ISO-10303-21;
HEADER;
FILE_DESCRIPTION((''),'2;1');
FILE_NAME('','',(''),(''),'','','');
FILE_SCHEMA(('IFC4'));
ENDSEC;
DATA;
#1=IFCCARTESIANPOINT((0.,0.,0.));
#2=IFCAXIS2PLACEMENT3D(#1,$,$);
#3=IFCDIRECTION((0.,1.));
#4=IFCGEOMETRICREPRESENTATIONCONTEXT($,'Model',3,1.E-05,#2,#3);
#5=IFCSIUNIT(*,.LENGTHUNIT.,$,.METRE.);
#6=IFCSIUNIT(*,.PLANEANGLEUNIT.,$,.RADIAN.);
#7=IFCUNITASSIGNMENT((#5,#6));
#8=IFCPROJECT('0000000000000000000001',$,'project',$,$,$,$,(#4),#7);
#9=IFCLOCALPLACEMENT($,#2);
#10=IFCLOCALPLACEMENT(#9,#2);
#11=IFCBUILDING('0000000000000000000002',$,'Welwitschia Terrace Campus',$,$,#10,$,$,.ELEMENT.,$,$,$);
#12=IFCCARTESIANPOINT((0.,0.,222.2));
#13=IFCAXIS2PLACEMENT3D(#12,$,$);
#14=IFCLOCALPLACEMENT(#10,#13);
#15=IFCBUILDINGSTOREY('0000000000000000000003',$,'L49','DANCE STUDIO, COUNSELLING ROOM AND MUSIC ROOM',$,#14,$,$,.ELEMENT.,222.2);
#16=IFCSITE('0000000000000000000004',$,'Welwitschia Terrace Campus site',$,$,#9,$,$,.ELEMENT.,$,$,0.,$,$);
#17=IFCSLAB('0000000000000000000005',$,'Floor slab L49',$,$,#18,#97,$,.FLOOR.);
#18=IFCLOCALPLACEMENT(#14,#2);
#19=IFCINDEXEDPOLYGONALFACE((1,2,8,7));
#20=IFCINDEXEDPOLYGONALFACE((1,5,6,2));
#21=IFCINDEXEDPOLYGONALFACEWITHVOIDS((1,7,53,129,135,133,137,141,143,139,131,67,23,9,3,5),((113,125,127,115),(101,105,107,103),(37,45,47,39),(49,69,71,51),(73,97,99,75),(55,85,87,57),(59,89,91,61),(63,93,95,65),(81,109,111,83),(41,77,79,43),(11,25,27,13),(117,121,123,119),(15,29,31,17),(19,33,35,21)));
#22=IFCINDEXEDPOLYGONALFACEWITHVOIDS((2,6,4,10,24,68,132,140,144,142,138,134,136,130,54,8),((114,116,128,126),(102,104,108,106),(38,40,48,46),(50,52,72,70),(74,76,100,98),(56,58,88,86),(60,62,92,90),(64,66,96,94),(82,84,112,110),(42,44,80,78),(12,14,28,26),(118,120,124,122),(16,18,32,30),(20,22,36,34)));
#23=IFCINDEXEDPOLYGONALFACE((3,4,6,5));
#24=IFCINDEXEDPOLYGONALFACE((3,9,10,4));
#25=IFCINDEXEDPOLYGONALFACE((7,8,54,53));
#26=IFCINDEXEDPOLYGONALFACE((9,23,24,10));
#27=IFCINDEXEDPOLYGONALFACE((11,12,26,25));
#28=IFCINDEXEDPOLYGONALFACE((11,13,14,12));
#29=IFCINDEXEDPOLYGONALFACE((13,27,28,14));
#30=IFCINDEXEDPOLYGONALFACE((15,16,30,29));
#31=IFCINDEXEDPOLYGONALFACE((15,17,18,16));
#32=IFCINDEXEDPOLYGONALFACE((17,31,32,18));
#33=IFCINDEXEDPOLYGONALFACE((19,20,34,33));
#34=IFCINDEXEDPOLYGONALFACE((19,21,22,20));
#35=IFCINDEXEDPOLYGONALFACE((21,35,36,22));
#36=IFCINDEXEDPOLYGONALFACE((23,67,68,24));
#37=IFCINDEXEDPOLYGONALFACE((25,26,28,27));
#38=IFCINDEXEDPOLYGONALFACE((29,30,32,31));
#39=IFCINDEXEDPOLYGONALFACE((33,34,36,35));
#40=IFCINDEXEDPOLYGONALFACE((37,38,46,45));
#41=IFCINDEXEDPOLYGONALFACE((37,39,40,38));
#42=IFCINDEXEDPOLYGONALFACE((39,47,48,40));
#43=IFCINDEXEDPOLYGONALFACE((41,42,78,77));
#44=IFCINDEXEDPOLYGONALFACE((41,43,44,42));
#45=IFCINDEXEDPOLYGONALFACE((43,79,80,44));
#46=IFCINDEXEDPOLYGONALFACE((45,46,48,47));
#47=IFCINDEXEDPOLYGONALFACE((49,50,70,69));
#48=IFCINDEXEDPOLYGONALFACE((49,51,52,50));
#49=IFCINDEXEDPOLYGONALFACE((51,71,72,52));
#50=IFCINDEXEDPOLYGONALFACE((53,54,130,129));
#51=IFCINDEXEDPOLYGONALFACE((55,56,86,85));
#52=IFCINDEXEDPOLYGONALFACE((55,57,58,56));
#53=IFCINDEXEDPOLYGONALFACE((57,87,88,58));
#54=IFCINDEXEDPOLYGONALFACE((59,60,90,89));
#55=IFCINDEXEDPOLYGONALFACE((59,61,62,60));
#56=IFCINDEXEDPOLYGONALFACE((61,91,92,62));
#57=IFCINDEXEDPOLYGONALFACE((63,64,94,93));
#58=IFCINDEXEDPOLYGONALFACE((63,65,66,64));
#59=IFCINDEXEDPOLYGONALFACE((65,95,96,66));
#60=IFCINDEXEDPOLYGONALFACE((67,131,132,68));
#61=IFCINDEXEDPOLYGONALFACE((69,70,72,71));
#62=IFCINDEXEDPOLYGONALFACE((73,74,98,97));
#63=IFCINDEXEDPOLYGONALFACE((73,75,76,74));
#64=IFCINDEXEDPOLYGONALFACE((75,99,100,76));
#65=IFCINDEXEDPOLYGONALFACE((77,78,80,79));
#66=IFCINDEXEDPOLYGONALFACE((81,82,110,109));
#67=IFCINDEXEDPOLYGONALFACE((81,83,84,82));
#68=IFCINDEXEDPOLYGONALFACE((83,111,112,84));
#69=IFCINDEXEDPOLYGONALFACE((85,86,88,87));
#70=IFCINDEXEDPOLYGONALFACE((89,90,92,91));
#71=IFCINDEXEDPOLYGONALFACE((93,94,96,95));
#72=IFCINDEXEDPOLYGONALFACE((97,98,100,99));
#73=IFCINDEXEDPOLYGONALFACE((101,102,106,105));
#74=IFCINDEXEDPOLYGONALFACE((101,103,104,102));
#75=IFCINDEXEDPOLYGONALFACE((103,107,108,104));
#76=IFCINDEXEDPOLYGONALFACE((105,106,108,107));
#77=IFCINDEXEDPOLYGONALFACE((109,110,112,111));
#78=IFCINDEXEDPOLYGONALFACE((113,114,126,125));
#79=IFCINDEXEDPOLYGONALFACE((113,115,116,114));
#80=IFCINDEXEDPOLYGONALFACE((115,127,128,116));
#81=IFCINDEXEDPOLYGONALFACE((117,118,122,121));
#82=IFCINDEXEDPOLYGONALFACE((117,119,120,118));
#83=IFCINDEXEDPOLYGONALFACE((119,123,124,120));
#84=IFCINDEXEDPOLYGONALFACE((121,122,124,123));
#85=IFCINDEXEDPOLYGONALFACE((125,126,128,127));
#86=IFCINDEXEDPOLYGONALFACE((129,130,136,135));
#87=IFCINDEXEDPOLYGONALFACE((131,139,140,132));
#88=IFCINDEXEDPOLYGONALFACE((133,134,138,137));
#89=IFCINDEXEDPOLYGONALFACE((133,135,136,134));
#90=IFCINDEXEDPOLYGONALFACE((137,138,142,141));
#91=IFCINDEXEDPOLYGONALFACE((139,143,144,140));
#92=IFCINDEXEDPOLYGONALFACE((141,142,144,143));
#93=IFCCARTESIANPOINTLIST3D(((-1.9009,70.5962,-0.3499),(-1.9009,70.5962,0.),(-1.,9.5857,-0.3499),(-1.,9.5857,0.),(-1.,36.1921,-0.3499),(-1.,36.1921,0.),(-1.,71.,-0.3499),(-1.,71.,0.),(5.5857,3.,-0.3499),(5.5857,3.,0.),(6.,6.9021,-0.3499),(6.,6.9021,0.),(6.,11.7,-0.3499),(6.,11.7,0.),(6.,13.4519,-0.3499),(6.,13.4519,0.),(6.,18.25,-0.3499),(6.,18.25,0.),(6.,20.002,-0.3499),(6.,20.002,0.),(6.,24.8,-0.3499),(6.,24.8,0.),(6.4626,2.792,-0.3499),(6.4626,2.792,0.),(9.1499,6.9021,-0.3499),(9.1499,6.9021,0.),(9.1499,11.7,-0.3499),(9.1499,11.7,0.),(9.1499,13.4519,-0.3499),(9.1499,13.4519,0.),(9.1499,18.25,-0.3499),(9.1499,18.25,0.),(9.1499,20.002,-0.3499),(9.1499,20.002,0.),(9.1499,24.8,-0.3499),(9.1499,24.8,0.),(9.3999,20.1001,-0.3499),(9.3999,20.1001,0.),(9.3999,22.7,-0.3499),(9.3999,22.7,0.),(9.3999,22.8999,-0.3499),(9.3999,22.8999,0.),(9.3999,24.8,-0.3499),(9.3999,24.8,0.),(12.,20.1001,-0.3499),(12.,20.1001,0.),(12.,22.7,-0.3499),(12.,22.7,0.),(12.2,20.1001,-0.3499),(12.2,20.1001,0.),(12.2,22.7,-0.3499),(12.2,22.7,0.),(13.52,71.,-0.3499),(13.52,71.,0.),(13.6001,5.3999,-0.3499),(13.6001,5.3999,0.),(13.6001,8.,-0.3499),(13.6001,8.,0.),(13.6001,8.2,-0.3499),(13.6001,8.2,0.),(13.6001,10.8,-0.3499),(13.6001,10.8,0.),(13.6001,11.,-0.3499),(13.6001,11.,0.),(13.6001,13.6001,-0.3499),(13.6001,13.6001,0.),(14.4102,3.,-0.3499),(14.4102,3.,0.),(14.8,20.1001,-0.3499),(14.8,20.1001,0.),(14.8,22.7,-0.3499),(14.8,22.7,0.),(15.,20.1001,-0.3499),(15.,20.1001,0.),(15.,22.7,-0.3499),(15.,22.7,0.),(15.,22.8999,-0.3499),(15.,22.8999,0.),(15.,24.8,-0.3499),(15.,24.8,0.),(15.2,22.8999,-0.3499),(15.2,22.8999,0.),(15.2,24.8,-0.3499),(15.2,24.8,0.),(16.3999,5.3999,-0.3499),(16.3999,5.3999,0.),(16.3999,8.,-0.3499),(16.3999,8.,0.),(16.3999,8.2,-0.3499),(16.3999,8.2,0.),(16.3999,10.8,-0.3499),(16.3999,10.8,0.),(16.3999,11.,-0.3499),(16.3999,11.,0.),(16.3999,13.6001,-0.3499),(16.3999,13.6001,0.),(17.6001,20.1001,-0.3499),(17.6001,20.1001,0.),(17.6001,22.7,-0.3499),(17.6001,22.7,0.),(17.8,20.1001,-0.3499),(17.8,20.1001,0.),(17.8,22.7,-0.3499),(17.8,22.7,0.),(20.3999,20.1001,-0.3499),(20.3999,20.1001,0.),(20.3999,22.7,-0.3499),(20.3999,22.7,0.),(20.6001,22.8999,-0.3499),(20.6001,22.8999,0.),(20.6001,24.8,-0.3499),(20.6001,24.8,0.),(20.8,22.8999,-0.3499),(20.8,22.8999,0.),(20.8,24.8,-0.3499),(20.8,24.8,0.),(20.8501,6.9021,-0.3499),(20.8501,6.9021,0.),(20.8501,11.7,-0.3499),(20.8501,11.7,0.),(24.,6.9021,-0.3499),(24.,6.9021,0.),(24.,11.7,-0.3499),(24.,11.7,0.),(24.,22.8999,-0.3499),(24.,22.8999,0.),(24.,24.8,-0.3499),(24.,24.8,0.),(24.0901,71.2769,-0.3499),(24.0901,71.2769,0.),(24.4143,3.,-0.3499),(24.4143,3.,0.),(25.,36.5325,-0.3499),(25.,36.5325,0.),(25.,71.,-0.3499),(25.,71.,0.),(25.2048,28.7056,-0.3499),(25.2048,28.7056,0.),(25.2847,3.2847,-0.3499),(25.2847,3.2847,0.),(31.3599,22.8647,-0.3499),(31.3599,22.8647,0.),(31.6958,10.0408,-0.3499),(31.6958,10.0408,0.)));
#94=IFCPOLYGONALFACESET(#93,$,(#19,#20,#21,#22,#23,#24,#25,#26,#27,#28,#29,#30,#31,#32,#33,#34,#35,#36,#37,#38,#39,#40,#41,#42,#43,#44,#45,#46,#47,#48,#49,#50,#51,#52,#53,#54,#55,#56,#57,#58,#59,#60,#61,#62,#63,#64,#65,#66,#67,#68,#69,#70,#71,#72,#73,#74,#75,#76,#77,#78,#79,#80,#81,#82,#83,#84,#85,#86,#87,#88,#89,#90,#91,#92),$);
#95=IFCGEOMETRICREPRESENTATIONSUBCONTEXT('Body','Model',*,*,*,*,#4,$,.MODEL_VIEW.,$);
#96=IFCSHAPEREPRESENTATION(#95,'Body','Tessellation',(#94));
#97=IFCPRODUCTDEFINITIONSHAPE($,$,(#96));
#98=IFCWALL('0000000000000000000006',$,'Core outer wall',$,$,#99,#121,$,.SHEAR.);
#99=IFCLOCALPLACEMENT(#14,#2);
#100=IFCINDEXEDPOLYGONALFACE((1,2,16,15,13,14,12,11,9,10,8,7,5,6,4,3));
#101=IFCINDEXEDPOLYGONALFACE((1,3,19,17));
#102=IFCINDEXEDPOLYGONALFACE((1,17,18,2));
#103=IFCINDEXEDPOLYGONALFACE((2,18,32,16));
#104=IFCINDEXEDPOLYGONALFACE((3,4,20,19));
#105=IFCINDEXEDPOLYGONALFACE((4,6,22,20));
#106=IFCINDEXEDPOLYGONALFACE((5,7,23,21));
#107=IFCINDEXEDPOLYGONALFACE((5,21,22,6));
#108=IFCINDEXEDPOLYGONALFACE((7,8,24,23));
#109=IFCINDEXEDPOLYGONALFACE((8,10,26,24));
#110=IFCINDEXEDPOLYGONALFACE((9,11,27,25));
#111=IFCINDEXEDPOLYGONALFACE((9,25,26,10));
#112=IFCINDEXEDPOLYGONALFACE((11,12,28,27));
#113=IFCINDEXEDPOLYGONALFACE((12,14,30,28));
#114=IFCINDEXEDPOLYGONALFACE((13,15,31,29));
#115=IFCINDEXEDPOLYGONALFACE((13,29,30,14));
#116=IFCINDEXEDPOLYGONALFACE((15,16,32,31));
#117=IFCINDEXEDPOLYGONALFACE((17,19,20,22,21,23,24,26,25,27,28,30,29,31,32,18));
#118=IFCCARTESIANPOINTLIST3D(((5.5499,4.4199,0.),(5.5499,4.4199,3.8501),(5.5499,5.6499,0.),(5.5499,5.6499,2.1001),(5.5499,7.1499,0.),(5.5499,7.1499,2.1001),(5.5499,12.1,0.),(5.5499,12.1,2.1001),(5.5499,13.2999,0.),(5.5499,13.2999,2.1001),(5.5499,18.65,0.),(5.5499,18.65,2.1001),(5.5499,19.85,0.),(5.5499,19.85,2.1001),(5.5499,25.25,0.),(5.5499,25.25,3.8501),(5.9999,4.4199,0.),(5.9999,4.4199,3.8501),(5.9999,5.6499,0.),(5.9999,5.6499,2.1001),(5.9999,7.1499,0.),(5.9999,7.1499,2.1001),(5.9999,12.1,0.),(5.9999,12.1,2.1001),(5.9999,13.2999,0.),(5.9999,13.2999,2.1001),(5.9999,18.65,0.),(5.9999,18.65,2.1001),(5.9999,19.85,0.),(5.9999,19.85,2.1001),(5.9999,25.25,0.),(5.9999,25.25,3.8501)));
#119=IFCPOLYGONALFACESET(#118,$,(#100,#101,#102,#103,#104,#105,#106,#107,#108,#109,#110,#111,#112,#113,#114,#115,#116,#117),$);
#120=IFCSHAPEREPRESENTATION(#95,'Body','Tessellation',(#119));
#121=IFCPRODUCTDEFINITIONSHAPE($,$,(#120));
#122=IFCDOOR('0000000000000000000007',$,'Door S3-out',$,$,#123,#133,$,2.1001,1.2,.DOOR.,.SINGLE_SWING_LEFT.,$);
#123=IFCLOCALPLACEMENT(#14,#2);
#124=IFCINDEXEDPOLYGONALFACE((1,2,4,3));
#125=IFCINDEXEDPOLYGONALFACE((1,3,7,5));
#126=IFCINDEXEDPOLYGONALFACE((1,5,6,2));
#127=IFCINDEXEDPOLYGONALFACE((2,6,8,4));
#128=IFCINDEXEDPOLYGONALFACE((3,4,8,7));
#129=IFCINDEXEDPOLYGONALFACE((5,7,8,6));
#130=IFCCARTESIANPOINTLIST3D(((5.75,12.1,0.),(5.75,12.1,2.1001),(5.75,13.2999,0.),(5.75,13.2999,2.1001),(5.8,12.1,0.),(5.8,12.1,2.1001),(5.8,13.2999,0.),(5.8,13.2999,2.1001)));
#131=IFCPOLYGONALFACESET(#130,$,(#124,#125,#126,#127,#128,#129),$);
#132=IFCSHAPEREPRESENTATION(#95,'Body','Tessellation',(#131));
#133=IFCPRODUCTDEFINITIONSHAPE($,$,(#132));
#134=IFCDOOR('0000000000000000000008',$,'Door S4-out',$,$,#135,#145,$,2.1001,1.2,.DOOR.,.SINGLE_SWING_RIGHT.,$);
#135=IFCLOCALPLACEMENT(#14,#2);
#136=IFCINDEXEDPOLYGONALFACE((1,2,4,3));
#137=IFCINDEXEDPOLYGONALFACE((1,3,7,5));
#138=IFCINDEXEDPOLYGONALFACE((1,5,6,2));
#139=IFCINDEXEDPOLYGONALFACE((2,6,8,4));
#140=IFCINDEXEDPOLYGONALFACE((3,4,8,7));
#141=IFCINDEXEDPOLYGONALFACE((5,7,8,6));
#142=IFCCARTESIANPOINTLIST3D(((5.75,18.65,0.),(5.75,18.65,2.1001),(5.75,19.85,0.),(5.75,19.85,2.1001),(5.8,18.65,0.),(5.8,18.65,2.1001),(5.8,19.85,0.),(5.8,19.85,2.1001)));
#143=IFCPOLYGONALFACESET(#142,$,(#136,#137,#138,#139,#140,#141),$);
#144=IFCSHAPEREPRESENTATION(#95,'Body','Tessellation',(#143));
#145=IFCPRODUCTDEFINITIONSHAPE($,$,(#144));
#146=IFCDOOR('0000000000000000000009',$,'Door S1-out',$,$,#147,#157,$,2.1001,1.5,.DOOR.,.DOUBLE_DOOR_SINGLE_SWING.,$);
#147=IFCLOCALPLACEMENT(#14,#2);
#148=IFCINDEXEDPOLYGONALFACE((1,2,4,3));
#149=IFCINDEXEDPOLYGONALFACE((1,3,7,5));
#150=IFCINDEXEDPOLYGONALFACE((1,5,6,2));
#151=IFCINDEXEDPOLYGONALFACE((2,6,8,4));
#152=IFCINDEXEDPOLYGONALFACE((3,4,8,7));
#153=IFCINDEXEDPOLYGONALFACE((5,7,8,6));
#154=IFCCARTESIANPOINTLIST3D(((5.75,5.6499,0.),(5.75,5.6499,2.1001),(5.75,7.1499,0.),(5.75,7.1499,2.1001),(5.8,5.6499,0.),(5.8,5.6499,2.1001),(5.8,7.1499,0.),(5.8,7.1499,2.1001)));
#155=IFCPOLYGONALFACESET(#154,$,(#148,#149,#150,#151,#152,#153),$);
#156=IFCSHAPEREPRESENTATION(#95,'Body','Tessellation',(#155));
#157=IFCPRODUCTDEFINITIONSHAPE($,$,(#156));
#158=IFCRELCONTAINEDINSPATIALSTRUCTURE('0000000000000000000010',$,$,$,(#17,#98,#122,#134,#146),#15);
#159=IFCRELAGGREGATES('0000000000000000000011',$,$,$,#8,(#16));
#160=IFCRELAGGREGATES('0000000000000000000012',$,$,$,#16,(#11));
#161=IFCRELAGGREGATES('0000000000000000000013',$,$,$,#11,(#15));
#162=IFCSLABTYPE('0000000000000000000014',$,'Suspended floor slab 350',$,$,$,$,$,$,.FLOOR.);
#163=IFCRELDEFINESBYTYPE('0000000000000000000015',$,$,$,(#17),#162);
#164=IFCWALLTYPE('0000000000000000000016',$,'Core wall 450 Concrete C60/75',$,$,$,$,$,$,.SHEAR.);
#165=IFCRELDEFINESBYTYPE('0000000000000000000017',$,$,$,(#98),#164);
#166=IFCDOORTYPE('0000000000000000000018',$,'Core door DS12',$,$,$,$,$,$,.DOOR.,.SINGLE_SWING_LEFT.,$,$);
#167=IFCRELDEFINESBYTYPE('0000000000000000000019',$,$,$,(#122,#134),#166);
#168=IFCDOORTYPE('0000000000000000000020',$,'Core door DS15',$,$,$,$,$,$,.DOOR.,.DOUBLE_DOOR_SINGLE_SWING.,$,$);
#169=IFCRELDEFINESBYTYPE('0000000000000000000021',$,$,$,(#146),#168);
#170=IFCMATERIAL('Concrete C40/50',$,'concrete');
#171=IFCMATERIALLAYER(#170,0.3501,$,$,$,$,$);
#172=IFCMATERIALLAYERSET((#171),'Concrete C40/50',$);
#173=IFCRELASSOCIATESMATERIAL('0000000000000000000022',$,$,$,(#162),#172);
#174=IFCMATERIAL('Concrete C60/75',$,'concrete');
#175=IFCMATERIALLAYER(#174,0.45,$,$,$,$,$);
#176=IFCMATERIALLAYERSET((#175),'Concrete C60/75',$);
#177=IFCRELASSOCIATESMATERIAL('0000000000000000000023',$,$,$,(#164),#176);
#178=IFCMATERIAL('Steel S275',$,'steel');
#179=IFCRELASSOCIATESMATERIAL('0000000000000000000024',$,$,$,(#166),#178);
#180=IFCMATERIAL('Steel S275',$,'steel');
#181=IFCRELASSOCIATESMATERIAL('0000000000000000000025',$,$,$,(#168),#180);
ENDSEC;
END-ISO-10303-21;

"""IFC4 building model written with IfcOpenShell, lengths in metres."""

from ifc_helpers import new_model, si_unit, direction, frame, frame_2d, origin, place, context, subcontext, project, spatial, polyline, rectangle, outline, extrude, material, layer, layer_set, type_object, element, fill, save


model = new_model("IFC4")

# Units and contexts
model_context = context("Model", 3, precision=1e-05, world=origin(), true_north=direction((0.0, 1.0)))
body_context = subcontext(model_context, "Body", "Model", "MODEL_VIEW")
ifc_project = project(units=[si_unit("LENGTHUNIT", "METRE"), si_unit("PLANEANGLEUNIT", "RADIAN")], contexts=[model_context])

# Site, building, storey
site_placement = place(None, origin())
site = spatial("IfcSite", under=ifc_project, at=site_placement, Name="Welwitschia Terrace Campus site", CompositionType="ELEMENT", RefElevation=0.0)
building_placement = place(site_placement, origin())
building = spatial("IfcBuilding", under=site, at=building_placement, Name="Welwitschia Terrace Campus", CompositionType="ELEMENT")
storey_placement = place(building_placement, frame((0.0, 0.0, 222.2)))
storey = spatial("IfcBuildingStorey", under=building, at=storey_placement, Name="L49", Description="DANCE STUDIO, COUNSELLING ROOM AND MUSIC ROOM", CompositionType="ELEMENT", Elevation=222.2)

# Slab
ifc_material_1 = material(Name="Concrete C40/50", Category="concrete")
ifc_layer_1 = layer(ifc_material_1, 0.3501)
ifc_layer_set_1 = layer_set([ifc_layer_1], Name="Concrete C40/50")
slab_type_1 = type_object("IfcSlabType", Name="Suspended floor slab 350", PredefinedType="FLOOR", material=ifc_layer_set_1)
slab_1_placement = place(storey_placement, frame((0.0, 0.0, -0.3499)))
element("IfcSlab", 1, at=slab_1_placement, inside=storey, type_object=slab_type_1, Name="Floor slab L49", PredefinedType="FLOOR", context=body_context, shape_type="SweptSolid", body=[
    extrude(outline(polyline([(-1.9009, 70.5962), (-1.0, 71.0), (13.52, 71.0), (24.0901, 71.2769), (25.0, 71.0), (25.0, 36.5325), (25.2048, 28.7056), (31.3599, 22.8647), (31.6958, 10.0408), (25.2847, 3.2847), (24.4143, 3.0), (14.4102, 3.0), (6.4626, 2.792), (5.5857, 3.0), (-1.0, 9.5857), (-1.0, 36.1921), (-1.9009, 70.5962)]), holes=[polyline([(13.6001, 8.0), (13.6001, 5.3999), (16.3999, 5.3999), (16.3999, 8.0), (13.6001, 8.0)]), polyline([(9.1499, 11.7), (6.0, 11.7), (6.0, 6.9021), (9.1499, 6.9021), (9.1499, 11.7)]), polyline([(9.1499, 18.25), (6.0, 18.25), (6.0, 13.4519), (9.1499, 13.4519), (9.1499, 18.25)]), polyline([(12.0, 22.7), (9.3999, 22.7), (9.3999, 20.1001), (12.0, 20.1001), (12.0, 22.7)]), polyline([(14.8, 22.7), (12.2, 22.7), (12.2, 20.1001), (14.8, 20.1001), (14.8, 22.7)]), polyline([(9.1499, 24.8), (6.0, 24.8), (6.0, 20.002), (9.1499, 20.002), (9.1499, 24.8)]), polyline([(15.0, 24.8), (9.3999, 24.8), (9.3999, 22.8999), (15.0, 22.8999), (15.0, 24.8)]), polyline([(20.8501, 11.7), (20.8501, 6.9021), (24.0, 6.9021), (24.0, 11.7), (20.8501, 11.7)]), polyline([(16.3999, 10.8), (13.6001, 10.8), (13.6001, 8.2), (16.3999, 8.2), (16.3999, 10.8)]), polyline([(16.3999, 13.6001), (13.6001, 13.6001), (13.6001, 11.0), (16.3999, 11.0), (16.3999, 13.6001)]), polyline([(17.6001, 22.7), (15.0, 22.7), (15.0, 20.1001), (17.6001, 20.1001), (17.6001, 22.7)]), polyline([(20.3999, 22.7), (17.8, 22.7), (17.8, 20.1001), (20.3999, 20.1001), (20.3999, 22.7)]), polyline([(20.6001, 24.8), (15.2, 24.8), (15.2, 22.8999), (20.6001, 22.8999), (20.6001, 24.8)]), polyline([(24.0, 24.8), (20.8, 24.8), (20.8, 22.8999), (24.0, 22.8999), (24.0, 24.8)])]), origin(), (0.0, 0.0, 1.0), 0.3499),
])

# Wall, openings, doors
ifc_material_2 = material(Name="Concrete C60/75", Category="concrete")
ifc_layer_2 = layer(ifc_material_2, 0.45)
ifc_layer_set_2 = layer_set([ifc_layer_2], Name="Concrete C60/75")
wall_type_1 = type_object("IfcWallType", Name="Core wall 450 Concrete C60/75", PredefinedType="SHEAR", material=ifc_layer_set_2)
wall_1_placement = place(storey_placement, frame((5.7749, 4.4199, 0.0), z_axis=(0.0, 0.0, 1.0), x_axis=(0.0, 1.0, 0.0)))
wall_1 = element("IfcWall", 2, at=wall_1_placement, inside=storey, type_object=wall_type_1, Name="Core outer wall", PredefinedType="SHEAR", context=body_context, shape_type="SweptSolid", body=[
    extrude(rectangle(XDim=20.8301, YDim=0.45, at=frame_2d((10.415, 0.0))), origin(), (0.0, 0.0, 1.0), 3.8501),
])
opening_1_placement = place(wall_1_placement, frame((1.23, 0.0, 0.0)))
opening_1 = element("IfcOpeningElement", 3, at=opening_1_placement, cuts=wall_1, PredefinedType="OPENING", context=body_context, shape_type="SweptSolid", body=[
    extrude(rectangle(XDim=1.5, YDim=2.1001, at=frame_2d((0.75, 1.05))), frame((0.0, 0.2349, 0.0), z_axis=(0.0, -1.0, 0.0), x_axis=(1.0, 0.0, 0.0)), (0.0, 0.0, 1.0), 0.47),
])
opening_2_placement = place(wall_1_placement, frame((7.6799, 0.0, 0.0)))
opening_2 = element("IfcOpeningElement", 4, at=opening_2_placement, cuts=wall_1, PredefinedType="OPENING", context=body_context, shape_type="SweptSolid", body=[
    extrude(rectangle(XDim=1.2, YDim=2.1001, at=frame_2d((0.6001, 1.05))), frame((0.0, 0.2349, 0.0), z_axis=(0.0, -1.0, 0.0), x_axis=(1.0, 0.0, 0.0)), (0.0, 0.0, 1.0), 0.47),
])
opening_3_placement = place(wall_1_placement, frame((14.23, 0.0, 0.0)))
opening_3 = element("IfcOpeningElement", 5, at=opening_3_placement, cuts=wall_1, PredefinedType="OPENING", context=body_context, shape_type="SweptSolid", body=[
    extrude(rectangle(XDim=1.2, YDim=2.1001, at=frame_2d((0.6001, 1.05))), frame((0.0, 0.2349, 0.0), z_axis=(0.0, -1.0, 0.0), x_axis=(1.0, 0.0, 0.0)), (0.0, 0.0, 1.0), 0.47),
])
ifc_material_3 = material(Name="Steel S275", Category="steel")
door_type_1 = type_object("IfcDoorType", Name="Core door DS12", OperationType="SINGLE_SWING_LEFT", PredefinedType="DOOR", material=ifc_material_3)
door_1_placement = place(opening_2_placement, origin())
door_1 = element("IfcDoor", 6, at=door_1_placement, inside=storey, type_object=door_type_1, Name="Door S3-out", OperationType="SINGLE_SWING_LEFT", OverallHeight=2.1001, OverallWidth=1.2, PredefinedType="DOOR", context=body_context, shape_type="SweptSolid", body=[
    extrude(rectangle(XDim=1.2, YDim=2.1001, at=frame_2d((0.6001, 1.05))), frame((0.0, 0.0249, 0.0), z_axis=(0.0, -1.0, 0.0), x_axis=(1.0, 0.0, 0.0)), (0.0, 0.0, 1.0), 0.05),
])
fill(opening_2, door_1)
door_2_placement = place(opening_3_placement, origin())
door_2 = element("IfcDoor", 7, at=door_2_placement, inside=storey, type_object=door_type_1, Name="Door S4-out", OperationType="SINGLE_SWING_RIGHT", OverallHeight=2.1001, OverallWidth=1.2, PredefinedType="DOOR", context=body_context, shape_type="SweptSolid", body=[
    extrude(rectangle(XDim=1.2, YDim=2.1001, at=frame_2d((0.6001, 1.05))), frame((0.0, 0.0249, 0.0), z_axis=(0.0, -1.0, 0.0), x_axis=(1.0, 0.0, 0.0)), (0.0, 0.0, 1.0), 0.05),
])
fill(opening_3, door_2)
ifc_material_4 = material(Name="Steel S275", Category="steel")
door_type_2 = type_object("IfcDoorType", Name="Core door DS15", OperationType="DOUBLE_DOOR_SINGLE_SWING", PredefinedType="DOOR", material=ifc_material_4)
door_3_placement = place(opening_1_placement, origin())
door_3 = element("IfcDoor", 8, at=door_3_placement, inside=storey, type_object=door_type_2, Name="Door S1-out", OperationType="DOUBLE_DOOR_SINGLE_SWING", OverallHeight=2.1001, OverallWidth=1.5, PredefinedType="DOOR", context=body_context, shape_type="SweptSolid", body=[
    extrude(rectangle(XDim=1.5, YDim=2.1001, at=frame_2d((0.75, 1.05))), frame((0.0, 0.0249, 0.0), z_axis=(0.0, -1.0, 0.0), x_axis=(1.0, 0.0, 0.0)), (0.0, 0.0, 1.0), 0.05),
])
fill(opening_1, door_3)

save(model, "model.ifc")
